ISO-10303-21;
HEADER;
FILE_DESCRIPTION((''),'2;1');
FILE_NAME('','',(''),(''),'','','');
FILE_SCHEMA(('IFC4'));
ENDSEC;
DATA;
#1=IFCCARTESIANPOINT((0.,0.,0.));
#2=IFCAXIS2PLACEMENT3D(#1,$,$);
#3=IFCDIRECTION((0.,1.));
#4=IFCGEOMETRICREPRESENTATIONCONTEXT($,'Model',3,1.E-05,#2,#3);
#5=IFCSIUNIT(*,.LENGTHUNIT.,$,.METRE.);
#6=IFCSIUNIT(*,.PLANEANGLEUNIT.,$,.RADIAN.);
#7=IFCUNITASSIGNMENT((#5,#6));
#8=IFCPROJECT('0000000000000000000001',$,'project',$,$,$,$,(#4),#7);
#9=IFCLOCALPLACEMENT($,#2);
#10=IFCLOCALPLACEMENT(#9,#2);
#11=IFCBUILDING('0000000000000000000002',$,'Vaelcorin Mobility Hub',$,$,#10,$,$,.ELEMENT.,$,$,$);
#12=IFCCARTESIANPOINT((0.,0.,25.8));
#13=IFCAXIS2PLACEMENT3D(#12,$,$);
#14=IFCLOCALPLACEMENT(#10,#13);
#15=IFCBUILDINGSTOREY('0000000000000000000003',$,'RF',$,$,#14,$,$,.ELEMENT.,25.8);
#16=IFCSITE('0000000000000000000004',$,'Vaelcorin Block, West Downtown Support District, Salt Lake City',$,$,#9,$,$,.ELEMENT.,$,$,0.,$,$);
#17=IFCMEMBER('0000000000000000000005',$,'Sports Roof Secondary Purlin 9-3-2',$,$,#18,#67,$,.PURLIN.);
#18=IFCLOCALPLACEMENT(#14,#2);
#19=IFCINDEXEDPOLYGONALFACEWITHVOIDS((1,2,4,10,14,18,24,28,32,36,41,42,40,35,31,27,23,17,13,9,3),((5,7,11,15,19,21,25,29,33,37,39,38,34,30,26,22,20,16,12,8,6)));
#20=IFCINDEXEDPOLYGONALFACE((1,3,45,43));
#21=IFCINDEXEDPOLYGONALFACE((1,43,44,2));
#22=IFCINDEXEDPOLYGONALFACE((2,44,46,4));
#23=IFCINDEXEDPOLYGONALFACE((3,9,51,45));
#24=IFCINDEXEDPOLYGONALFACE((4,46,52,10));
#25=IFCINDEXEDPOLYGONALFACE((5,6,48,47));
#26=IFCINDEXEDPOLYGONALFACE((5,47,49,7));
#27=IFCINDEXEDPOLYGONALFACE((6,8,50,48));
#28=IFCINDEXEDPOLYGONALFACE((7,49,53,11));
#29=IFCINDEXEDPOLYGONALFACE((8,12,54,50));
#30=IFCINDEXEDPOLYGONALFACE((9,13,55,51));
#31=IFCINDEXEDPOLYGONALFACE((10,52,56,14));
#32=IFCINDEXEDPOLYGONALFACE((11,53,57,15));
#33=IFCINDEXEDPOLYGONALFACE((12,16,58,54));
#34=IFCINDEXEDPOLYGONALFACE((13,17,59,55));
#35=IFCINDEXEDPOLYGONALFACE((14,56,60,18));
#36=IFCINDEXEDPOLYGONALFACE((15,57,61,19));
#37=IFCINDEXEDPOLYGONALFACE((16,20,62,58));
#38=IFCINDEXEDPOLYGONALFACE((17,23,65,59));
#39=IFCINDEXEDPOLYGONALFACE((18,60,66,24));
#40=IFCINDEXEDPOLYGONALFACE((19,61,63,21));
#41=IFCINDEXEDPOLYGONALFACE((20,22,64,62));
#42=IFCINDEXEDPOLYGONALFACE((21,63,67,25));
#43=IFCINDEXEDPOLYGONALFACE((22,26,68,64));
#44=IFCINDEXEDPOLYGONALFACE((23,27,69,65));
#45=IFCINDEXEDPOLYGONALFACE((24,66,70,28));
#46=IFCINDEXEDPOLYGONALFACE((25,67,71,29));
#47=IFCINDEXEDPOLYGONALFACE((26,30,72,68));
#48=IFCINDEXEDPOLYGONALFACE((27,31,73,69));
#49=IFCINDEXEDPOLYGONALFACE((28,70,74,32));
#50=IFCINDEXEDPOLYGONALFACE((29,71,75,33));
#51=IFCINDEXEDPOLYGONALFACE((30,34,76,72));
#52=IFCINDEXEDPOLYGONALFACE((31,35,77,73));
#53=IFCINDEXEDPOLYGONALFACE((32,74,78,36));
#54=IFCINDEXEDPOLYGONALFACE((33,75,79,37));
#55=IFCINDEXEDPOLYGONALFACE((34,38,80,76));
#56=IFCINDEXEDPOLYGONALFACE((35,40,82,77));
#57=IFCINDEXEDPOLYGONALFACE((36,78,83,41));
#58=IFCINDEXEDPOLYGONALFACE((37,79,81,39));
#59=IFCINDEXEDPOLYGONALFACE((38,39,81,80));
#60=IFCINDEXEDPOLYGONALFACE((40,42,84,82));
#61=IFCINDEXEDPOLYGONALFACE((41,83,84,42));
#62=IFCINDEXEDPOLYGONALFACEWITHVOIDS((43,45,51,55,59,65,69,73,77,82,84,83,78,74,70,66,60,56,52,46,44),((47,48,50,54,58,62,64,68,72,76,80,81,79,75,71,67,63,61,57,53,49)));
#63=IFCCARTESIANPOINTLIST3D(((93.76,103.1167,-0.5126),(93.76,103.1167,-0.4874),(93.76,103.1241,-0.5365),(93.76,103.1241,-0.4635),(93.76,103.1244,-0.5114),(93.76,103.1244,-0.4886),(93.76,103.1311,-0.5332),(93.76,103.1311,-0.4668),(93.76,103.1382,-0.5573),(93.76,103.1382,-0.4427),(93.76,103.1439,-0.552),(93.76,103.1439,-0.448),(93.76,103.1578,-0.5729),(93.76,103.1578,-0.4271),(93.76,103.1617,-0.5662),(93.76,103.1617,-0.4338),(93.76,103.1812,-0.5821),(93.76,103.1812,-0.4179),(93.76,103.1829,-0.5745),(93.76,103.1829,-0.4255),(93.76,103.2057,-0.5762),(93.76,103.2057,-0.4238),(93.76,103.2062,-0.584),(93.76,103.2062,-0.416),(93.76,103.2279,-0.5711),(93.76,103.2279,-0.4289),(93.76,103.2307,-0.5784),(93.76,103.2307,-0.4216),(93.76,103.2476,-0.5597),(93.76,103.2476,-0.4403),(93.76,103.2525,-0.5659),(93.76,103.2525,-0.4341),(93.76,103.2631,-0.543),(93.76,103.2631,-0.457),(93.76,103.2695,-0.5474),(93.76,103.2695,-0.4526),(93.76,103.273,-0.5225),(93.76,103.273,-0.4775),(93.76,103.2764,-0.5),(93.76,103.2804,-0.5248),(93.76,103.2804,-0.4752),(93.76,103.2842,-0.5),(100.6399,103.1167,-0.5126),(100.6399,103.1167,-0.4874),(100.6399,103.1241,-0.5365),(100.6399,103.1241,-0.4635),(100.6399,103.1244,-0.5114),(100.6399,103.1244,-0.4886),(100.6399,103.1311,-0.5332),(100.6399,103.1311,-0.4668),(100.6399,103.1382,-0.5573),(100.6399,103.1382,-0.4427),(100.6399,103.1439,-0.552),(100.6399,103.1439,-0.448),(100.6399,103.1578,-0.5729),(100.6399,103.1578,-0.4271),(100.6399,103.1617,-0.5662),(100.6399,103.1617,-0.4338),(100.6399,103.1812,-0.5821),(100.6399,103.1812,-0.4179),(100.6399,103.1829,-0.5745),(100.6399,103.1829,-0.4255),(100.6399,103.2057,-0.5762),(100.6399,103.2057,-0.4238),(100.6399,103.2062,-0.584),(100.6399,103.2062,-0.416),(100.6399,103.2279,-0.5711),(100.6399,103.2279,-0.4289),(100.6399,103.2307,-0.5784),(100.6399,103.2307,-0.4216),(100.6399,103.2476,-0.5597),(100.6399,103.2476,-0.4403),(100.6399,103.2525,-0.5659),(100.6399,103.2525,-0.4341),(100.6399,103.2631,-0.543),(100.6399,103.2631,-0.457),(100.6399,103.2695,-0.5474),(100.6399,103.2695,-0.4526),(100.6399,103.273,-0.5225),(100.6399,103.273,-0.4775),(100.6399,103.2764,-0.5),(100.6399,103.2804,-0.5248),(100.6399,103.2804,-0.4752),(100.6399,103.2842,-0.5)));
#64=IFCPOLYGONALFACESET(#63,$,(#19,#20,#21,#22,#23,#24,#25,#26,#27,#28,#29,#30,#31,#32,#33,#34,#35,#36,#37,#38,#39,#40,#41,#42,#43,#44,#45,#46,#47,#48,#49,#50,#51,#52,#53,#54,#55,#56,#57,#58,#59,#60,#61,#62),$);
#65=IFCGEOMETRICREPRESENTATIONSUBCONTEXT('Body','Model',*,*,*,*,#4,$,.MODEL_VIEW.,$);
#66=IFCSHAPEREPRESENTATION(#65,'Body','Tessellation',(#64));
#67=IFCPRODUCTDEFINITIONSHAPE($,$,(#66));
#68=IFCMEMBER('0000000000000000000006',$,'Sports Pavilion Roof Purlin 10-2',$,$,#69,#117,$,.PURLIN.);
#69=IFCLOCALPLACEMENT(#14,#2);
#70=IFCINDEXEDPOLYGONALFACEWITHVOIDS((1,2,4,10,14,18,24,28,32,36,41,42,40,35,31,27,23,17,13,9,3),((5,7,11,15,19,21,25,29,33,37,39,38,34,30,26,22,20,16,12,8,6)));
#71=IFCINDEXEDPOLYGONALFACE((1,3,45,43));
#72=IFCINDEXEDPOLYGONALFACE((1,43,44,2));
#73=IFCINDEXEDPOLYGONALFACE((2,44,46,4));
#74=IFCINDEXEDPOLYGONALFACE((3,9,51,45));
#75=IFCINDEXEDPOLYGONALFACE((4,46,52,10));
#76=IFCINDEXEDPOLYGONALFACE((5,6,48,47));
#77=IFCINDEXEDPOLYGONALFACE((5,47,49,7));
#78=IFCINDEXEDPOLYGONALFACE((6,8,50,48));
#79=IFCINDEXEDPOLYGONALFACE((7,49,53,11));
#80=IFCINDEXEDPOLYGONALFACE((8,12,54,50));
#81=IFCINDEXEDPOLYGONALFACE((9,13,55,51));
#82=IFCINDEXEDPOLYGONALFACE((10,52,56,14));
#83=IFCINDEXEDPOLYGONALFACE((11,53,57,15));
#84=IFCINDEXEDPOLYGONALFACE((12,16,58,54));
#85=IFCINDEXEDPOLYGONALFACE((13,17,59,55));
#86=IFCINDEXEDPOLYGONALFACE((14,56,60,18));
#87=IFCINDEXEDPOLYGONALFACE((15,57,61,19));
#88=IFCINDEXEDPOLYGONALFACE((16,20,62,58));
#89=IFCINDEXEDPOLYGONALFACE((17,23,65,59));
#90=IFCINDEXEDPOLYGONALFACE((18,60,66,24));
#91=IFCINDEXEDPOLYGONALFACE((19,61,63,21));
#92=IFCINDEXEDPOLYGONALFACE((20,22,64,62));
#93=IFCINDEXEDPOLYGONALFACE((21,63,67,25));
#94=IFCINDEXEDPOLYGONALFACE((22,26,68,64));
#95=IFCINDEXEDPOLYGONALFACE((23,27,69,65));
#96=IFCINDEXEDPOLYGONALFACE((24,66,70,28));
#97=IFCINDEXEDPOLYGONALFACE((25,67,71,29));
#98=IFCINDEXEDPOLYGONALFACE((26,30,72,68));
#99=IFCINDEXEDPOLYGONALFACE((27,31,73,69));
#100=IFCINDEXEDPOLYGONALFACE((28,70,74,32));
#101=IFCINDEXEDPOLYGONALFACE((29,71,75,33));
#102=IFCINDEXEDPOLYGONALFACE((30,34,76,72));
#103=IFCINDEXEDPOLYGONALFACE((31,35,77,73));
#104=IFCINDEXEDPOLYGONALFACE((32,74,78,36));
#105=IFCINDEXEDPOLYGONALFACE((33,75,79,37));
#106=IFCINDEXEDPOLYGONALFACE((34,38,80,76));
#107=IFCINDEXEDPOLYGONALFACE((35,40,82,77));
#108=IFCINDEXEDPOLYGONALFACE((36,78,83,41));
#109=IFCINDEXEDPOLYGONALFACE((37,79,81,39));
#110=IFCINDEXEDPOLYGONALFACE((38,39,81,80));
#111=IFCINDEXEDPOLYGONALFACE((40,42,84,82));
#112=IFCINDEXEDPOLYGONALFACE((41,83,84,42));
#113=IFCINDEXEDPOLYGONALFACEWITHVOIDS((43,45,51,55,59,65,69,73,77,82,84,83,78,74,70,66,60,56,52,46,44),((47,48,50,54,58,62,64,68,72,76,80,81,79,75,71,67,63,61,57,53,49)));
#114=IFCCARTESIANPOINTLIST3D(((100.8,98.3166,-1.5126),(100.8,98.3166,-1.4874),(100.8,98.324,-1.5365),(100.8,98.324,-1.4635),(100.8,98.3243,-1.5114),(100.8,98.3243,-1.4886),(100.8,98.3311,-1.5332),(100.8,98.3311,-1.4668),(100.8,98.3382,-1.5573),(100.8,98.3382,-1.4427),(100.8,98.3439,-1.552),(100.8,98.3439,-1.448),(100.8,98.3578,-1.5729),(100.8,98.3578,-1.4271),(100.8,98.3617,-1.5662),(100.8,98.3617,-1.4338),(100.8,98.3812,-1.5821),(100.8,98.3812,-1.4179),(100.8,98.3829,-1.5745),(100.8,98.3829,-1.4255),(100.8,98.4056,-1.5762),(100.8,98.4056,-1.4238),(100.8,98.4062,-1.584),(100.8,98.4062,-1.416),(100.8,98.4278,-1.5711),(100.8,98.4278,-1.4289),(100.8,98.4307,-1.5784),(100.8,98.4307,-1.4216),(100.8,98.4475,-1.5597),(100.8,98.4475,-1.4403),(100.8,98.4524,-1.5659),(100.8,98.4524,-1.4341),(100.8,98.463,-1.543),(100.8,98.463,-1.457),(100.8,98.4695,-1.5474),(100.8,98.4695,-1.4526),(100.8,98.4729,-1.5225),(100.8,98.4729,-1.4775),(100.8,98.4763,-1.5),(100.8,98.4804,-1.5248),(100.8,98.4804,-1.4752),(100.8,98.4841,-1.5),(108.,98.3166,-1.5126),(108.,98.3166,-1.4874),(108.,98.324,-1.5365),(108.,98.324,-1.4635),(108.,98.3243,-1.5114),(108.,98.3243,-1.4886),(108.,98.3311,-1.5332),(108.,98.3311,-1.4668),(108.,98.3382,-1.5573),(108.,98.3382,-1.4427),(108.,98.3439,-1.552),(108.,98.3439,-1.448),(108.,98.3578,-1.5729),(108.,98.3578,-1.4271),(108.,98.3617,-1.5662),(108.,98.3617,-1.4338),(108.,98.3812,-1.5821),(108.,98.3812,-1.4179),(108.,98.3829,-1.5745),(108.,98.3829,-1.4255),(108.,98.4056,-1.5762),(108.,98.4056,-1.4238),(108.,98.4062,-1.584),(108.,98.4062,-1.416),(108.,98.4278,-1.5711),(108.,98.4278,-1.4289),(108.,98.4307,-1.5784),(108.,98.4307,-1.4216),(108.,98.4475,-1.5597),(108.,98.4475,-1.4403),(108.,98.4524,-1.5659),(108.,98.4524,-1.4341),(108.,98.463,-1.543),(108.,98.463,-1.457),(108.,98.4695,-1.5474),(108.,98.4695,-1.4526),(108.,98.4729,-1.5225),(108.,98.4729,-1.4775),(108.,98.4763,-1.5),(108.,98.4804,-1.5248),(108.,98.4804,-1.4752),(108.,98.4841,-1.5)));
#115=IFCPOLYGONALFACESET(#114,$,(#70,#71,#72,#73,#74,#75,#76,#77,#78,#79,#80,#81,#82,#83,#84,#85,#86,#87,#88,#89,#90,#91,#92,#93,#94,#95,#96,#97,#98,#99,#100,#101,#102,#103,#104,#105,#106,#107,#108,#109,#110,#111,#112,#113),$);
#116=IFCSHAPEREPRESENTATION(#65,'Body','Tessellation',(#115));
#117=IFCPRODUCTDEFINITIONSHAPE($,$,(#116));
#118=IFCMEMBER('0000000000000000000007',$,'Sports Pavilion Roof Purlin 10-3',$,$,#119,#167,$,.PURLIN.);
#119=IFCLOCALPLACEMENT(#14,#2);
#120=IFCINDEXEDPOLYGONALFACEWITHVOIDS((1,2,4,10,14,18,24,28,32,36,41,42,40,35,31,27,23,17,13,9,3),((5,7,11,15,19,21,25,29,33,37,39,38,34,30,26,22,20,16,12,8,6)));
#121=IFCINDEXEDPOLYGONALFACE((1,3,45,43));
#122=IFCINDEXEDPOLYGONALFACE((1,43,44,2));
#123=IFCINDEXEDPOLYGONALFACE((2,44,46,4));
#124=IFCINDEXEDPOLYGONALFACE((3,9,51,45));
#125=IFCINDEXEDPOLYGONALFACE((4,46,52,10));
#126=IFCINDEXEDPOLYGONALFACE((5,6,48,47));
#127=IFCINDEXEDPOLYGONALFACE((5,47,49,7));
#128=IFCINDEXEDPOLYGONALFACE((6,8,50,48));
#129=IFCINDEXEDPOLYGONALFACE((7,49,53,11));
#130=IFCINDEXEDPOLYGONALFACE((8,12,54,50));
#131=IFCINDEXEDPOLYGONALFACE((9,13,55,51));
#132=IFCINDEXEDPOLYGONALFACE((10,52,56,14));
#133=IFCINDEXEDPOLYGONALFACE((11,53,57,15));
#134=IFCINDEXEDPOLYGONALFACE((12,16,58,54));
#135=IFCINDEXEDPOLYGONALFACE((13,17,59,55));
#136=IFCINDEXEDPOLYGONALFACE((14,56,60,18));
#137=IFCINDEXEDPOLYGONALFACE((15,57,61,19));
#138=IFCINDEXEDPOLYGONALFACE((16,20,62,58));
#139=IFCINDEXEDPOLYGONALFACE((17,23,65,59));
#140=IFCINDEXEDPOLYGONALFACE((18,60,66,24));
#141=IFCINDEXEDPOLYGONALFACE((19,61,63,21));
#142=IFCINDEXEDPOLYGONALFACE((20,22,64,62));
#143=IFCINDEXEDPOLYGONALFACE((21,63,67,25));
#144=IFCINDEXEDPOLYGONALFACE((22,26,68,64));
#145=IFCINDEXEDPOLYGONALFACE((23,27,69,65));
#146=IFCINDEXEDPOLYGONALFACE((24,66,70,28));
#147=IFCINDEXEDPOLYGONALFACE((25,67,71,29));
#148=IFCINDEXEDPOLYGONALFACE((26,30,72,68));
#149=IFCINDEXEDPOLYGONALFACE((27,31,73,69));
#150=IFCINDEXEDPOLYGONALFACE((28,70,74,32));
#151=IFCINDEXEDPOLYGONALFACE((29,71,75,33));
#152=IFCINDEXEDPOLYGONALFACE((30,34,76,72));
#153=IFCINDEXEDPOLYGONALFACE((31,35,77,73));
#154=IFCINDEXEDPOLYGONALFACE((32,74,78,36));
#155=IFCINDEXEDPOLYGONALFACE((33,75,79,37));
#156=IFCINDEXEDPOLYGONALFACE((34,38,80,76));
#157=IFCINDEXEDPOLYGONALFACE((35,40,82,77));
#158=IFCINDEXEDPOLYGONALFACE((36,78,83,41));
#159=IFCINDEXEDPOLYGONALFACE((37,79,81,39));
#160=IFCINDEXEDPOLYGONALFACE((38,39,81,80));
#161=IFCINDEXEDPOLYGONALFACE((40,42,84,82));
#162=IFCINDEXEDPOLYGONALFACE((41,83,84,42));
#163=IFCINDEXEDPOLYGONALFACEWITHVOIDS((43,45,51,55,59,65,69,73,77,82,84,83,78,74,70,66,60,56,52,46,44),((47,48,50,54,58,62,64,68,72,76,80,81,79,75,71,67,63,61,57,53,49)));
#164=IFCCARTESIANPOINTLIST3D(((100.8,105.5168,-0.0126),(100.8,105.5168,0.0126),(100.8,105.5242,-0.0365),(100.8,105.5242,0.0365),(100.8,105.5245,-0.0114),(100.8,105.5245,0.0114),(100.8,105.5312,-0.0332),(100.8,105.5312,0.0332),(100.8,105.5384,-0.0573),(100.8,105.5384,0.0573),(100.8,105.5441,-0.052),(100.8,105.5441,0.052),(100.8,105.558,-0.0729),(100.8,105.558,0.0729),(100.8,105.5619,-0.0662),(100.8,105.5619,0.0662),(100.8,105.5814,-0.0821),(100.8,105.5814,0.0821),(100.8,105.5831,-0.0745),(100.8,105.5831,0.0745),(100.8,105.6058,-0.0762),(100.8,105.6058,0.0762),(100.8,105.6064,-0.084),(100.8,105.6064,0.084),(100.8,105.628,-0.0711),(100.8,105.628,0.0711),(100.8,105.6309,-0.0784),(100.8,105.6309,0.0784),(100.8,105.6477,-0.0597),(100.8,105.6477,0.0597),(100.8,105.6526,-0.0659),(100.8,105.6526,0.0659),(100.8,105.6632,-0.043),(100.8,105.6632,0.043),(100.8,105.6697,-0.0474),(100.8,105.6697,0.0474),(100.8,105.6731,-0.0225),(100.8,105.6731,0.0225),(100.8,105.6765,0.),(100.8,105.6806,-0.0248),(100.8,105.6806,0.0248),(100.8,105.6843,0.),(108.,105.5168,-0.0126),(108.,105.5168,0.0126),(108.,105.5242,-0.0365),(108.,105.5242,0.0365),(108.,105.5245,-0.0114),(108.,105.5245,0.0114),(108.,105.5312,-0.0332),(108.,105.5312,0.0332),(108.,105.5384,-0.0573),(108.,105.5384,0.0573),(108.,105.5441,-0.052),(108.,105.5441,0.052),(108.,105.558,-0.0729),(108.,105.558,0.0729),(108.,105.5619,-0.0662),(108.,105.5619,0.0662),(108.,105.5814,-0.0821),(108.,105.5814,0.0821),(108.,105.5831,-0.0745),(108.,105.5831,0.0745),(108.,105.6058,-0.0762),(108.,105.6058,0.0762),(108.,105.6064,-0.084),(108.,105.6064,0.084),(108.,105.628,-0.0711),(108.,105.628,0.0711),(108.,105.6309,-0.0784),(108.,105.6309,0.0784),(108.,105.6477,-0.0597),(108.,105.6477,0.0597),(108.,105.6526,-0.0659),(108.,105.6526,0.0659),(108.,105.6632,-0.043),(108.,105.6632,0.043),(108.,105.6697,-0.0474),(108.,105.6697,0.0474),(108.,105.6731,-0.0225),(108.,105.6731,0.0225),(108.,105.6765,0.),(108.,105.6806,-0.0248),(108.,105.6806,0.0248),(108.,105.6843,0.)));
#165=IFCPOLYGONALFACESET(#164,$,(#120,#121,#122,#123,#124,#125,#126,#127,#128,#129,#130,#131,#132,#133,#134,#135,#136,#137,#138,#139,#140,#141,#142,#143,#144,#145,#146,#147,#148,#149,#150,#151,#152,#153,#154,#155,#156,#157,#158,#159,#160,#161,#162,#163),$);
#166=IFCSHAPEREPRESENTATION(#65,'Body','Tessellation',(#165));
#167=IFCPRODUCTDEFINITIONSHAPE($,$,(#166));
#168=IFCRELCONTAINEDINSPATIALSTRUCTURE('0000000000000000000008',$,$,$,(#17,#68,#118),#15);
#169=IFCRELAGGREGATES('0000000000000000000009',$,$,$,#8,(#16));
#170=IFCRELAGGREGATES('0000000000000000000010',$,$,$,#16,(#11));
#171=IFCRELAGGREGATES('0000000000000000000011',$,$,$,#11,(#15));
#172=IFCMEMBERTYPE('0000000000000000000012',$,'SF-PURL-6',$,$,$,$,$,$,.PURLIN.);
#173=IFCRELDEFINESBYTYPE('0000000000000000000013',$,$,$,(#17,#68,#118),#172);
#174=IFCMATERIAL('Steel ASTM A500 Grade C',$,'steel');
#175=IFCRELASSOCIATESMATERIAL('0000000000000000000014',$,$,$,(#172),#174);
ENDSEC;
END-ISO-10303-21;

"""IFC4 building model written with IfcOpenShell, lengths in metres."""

from ifc_helpers import new_model, si_unit, direction, frame, origin, origin_2d, place, context, subcontext, project, spatial, hollow_circle, extrude, material, material_profile, profile_set, type_object, element, save


model = new_model("IFC4")

# Units and contexts
model_context = context("Model", 3, precision=1e-05, world=origin(), true_north=direction((0.0, 1.0)))
body_context = subcontext(model_context, "Body", "Model", "MODEL_VIEW")
ifc_project = project(units=[si_unit("LENGTHUNIT", "METRE"), si_unit("PLANEANGLEUNIT", "RADIAN")], contexts=[model_context])

# Site, building, storey
site_placement = place(None, origin())
site = spatial("IfcSite", under=ifc_project, at=site_placement, Name="Vaelcorin Block, West Downtown Support District, Salt Lake City", CompositionType="ELEMENT", RefElevation=0.0)
building_placement = place(site_placement, origin())
building = spatial("IfcBuilding", under=site, at=building_placement, Name="Vaelcorin Mobility Hub", CompositionType="ELEMENT")
storey_placement = place(building_placement, frame((0.0, 0.0, 25.8)))
storey = spatial("IfcBuildingStorey", under=building, at=storey_placement, Name="RF", CompositionType="ELEMENT", Elevation=25.8)

# Members
ifc_material_1 = material(Name="Steel ASTM A500 Grade C", Category="steel")
ifc_material_profile_1 = material_profile(ifc_material_1, hollow_circle(Radius=0.0842, WallThickness=0.0078, at=origin_2d()), Name="HSS6.625X0.312")
ifc_profile_set_1 = profile_set([ifc_material_profile_1], Name="Steel ASTM A500 Grade C")
member_type_1 = type_object("IfcMemberType", Name="SF-PURL-6", PredefinedType="PURLIN", material=ifc_profile_set_1)
for number, where, z_axis, x_axis, name in (
    (1, (93.76, 103.2, -0.5), (1.0, 0.0, 0.0), (0.0, 1.0, 0.0), "Sports Roof Secondary Purlin 9-3-2"),
):
    element("IfcMember", number, at=place(storey_placement, frame(where, z_axis=z_axis, x_axis=x_axis)), inside=storey, type_object=member_type_1, Name=name, PredefinedType="PURLIN", context=body_context, shape_type="SweptSolid", body=[
        extrude(hollow_circle(Radius=0.0842, WallThickness=0.0078, at=origin_2d()), origin(), (0.0, 0.0, 1.0), 6.8799),
    ])
for number, where, z_axis, x_axis, name in (
    (2, (100.8, 98.3999, -1.5), (1.0, 0.0, 0.0), (0.0, 1.0, 0.0), "Sports Pavilion Roof Purlin 10-2"),
    (3, (100.8, 105.6001, 0.0), (1.0, 0.0, 0.0), (0.0, 1.0, 0.0), "Sports Pavilion Roof Purlin 10-3"),
):
    element("IfcMember", number, at=place(storey_placement, frame(where, z_axis=z_axis, x_axis=x_axis)), inside=storey, type_object=member_type_1, Name=name, PredefinedType="PURLIN", context=body_context, shape_type="SweptSolid", body=[
        extrude(hollow_circle(Radius=0.0842, WallThickness=0.0078, at=origin_2d()), origin(), (0.0, 0.0, 1.0), 7.2),
    ])

save(model, "model.ifc")
